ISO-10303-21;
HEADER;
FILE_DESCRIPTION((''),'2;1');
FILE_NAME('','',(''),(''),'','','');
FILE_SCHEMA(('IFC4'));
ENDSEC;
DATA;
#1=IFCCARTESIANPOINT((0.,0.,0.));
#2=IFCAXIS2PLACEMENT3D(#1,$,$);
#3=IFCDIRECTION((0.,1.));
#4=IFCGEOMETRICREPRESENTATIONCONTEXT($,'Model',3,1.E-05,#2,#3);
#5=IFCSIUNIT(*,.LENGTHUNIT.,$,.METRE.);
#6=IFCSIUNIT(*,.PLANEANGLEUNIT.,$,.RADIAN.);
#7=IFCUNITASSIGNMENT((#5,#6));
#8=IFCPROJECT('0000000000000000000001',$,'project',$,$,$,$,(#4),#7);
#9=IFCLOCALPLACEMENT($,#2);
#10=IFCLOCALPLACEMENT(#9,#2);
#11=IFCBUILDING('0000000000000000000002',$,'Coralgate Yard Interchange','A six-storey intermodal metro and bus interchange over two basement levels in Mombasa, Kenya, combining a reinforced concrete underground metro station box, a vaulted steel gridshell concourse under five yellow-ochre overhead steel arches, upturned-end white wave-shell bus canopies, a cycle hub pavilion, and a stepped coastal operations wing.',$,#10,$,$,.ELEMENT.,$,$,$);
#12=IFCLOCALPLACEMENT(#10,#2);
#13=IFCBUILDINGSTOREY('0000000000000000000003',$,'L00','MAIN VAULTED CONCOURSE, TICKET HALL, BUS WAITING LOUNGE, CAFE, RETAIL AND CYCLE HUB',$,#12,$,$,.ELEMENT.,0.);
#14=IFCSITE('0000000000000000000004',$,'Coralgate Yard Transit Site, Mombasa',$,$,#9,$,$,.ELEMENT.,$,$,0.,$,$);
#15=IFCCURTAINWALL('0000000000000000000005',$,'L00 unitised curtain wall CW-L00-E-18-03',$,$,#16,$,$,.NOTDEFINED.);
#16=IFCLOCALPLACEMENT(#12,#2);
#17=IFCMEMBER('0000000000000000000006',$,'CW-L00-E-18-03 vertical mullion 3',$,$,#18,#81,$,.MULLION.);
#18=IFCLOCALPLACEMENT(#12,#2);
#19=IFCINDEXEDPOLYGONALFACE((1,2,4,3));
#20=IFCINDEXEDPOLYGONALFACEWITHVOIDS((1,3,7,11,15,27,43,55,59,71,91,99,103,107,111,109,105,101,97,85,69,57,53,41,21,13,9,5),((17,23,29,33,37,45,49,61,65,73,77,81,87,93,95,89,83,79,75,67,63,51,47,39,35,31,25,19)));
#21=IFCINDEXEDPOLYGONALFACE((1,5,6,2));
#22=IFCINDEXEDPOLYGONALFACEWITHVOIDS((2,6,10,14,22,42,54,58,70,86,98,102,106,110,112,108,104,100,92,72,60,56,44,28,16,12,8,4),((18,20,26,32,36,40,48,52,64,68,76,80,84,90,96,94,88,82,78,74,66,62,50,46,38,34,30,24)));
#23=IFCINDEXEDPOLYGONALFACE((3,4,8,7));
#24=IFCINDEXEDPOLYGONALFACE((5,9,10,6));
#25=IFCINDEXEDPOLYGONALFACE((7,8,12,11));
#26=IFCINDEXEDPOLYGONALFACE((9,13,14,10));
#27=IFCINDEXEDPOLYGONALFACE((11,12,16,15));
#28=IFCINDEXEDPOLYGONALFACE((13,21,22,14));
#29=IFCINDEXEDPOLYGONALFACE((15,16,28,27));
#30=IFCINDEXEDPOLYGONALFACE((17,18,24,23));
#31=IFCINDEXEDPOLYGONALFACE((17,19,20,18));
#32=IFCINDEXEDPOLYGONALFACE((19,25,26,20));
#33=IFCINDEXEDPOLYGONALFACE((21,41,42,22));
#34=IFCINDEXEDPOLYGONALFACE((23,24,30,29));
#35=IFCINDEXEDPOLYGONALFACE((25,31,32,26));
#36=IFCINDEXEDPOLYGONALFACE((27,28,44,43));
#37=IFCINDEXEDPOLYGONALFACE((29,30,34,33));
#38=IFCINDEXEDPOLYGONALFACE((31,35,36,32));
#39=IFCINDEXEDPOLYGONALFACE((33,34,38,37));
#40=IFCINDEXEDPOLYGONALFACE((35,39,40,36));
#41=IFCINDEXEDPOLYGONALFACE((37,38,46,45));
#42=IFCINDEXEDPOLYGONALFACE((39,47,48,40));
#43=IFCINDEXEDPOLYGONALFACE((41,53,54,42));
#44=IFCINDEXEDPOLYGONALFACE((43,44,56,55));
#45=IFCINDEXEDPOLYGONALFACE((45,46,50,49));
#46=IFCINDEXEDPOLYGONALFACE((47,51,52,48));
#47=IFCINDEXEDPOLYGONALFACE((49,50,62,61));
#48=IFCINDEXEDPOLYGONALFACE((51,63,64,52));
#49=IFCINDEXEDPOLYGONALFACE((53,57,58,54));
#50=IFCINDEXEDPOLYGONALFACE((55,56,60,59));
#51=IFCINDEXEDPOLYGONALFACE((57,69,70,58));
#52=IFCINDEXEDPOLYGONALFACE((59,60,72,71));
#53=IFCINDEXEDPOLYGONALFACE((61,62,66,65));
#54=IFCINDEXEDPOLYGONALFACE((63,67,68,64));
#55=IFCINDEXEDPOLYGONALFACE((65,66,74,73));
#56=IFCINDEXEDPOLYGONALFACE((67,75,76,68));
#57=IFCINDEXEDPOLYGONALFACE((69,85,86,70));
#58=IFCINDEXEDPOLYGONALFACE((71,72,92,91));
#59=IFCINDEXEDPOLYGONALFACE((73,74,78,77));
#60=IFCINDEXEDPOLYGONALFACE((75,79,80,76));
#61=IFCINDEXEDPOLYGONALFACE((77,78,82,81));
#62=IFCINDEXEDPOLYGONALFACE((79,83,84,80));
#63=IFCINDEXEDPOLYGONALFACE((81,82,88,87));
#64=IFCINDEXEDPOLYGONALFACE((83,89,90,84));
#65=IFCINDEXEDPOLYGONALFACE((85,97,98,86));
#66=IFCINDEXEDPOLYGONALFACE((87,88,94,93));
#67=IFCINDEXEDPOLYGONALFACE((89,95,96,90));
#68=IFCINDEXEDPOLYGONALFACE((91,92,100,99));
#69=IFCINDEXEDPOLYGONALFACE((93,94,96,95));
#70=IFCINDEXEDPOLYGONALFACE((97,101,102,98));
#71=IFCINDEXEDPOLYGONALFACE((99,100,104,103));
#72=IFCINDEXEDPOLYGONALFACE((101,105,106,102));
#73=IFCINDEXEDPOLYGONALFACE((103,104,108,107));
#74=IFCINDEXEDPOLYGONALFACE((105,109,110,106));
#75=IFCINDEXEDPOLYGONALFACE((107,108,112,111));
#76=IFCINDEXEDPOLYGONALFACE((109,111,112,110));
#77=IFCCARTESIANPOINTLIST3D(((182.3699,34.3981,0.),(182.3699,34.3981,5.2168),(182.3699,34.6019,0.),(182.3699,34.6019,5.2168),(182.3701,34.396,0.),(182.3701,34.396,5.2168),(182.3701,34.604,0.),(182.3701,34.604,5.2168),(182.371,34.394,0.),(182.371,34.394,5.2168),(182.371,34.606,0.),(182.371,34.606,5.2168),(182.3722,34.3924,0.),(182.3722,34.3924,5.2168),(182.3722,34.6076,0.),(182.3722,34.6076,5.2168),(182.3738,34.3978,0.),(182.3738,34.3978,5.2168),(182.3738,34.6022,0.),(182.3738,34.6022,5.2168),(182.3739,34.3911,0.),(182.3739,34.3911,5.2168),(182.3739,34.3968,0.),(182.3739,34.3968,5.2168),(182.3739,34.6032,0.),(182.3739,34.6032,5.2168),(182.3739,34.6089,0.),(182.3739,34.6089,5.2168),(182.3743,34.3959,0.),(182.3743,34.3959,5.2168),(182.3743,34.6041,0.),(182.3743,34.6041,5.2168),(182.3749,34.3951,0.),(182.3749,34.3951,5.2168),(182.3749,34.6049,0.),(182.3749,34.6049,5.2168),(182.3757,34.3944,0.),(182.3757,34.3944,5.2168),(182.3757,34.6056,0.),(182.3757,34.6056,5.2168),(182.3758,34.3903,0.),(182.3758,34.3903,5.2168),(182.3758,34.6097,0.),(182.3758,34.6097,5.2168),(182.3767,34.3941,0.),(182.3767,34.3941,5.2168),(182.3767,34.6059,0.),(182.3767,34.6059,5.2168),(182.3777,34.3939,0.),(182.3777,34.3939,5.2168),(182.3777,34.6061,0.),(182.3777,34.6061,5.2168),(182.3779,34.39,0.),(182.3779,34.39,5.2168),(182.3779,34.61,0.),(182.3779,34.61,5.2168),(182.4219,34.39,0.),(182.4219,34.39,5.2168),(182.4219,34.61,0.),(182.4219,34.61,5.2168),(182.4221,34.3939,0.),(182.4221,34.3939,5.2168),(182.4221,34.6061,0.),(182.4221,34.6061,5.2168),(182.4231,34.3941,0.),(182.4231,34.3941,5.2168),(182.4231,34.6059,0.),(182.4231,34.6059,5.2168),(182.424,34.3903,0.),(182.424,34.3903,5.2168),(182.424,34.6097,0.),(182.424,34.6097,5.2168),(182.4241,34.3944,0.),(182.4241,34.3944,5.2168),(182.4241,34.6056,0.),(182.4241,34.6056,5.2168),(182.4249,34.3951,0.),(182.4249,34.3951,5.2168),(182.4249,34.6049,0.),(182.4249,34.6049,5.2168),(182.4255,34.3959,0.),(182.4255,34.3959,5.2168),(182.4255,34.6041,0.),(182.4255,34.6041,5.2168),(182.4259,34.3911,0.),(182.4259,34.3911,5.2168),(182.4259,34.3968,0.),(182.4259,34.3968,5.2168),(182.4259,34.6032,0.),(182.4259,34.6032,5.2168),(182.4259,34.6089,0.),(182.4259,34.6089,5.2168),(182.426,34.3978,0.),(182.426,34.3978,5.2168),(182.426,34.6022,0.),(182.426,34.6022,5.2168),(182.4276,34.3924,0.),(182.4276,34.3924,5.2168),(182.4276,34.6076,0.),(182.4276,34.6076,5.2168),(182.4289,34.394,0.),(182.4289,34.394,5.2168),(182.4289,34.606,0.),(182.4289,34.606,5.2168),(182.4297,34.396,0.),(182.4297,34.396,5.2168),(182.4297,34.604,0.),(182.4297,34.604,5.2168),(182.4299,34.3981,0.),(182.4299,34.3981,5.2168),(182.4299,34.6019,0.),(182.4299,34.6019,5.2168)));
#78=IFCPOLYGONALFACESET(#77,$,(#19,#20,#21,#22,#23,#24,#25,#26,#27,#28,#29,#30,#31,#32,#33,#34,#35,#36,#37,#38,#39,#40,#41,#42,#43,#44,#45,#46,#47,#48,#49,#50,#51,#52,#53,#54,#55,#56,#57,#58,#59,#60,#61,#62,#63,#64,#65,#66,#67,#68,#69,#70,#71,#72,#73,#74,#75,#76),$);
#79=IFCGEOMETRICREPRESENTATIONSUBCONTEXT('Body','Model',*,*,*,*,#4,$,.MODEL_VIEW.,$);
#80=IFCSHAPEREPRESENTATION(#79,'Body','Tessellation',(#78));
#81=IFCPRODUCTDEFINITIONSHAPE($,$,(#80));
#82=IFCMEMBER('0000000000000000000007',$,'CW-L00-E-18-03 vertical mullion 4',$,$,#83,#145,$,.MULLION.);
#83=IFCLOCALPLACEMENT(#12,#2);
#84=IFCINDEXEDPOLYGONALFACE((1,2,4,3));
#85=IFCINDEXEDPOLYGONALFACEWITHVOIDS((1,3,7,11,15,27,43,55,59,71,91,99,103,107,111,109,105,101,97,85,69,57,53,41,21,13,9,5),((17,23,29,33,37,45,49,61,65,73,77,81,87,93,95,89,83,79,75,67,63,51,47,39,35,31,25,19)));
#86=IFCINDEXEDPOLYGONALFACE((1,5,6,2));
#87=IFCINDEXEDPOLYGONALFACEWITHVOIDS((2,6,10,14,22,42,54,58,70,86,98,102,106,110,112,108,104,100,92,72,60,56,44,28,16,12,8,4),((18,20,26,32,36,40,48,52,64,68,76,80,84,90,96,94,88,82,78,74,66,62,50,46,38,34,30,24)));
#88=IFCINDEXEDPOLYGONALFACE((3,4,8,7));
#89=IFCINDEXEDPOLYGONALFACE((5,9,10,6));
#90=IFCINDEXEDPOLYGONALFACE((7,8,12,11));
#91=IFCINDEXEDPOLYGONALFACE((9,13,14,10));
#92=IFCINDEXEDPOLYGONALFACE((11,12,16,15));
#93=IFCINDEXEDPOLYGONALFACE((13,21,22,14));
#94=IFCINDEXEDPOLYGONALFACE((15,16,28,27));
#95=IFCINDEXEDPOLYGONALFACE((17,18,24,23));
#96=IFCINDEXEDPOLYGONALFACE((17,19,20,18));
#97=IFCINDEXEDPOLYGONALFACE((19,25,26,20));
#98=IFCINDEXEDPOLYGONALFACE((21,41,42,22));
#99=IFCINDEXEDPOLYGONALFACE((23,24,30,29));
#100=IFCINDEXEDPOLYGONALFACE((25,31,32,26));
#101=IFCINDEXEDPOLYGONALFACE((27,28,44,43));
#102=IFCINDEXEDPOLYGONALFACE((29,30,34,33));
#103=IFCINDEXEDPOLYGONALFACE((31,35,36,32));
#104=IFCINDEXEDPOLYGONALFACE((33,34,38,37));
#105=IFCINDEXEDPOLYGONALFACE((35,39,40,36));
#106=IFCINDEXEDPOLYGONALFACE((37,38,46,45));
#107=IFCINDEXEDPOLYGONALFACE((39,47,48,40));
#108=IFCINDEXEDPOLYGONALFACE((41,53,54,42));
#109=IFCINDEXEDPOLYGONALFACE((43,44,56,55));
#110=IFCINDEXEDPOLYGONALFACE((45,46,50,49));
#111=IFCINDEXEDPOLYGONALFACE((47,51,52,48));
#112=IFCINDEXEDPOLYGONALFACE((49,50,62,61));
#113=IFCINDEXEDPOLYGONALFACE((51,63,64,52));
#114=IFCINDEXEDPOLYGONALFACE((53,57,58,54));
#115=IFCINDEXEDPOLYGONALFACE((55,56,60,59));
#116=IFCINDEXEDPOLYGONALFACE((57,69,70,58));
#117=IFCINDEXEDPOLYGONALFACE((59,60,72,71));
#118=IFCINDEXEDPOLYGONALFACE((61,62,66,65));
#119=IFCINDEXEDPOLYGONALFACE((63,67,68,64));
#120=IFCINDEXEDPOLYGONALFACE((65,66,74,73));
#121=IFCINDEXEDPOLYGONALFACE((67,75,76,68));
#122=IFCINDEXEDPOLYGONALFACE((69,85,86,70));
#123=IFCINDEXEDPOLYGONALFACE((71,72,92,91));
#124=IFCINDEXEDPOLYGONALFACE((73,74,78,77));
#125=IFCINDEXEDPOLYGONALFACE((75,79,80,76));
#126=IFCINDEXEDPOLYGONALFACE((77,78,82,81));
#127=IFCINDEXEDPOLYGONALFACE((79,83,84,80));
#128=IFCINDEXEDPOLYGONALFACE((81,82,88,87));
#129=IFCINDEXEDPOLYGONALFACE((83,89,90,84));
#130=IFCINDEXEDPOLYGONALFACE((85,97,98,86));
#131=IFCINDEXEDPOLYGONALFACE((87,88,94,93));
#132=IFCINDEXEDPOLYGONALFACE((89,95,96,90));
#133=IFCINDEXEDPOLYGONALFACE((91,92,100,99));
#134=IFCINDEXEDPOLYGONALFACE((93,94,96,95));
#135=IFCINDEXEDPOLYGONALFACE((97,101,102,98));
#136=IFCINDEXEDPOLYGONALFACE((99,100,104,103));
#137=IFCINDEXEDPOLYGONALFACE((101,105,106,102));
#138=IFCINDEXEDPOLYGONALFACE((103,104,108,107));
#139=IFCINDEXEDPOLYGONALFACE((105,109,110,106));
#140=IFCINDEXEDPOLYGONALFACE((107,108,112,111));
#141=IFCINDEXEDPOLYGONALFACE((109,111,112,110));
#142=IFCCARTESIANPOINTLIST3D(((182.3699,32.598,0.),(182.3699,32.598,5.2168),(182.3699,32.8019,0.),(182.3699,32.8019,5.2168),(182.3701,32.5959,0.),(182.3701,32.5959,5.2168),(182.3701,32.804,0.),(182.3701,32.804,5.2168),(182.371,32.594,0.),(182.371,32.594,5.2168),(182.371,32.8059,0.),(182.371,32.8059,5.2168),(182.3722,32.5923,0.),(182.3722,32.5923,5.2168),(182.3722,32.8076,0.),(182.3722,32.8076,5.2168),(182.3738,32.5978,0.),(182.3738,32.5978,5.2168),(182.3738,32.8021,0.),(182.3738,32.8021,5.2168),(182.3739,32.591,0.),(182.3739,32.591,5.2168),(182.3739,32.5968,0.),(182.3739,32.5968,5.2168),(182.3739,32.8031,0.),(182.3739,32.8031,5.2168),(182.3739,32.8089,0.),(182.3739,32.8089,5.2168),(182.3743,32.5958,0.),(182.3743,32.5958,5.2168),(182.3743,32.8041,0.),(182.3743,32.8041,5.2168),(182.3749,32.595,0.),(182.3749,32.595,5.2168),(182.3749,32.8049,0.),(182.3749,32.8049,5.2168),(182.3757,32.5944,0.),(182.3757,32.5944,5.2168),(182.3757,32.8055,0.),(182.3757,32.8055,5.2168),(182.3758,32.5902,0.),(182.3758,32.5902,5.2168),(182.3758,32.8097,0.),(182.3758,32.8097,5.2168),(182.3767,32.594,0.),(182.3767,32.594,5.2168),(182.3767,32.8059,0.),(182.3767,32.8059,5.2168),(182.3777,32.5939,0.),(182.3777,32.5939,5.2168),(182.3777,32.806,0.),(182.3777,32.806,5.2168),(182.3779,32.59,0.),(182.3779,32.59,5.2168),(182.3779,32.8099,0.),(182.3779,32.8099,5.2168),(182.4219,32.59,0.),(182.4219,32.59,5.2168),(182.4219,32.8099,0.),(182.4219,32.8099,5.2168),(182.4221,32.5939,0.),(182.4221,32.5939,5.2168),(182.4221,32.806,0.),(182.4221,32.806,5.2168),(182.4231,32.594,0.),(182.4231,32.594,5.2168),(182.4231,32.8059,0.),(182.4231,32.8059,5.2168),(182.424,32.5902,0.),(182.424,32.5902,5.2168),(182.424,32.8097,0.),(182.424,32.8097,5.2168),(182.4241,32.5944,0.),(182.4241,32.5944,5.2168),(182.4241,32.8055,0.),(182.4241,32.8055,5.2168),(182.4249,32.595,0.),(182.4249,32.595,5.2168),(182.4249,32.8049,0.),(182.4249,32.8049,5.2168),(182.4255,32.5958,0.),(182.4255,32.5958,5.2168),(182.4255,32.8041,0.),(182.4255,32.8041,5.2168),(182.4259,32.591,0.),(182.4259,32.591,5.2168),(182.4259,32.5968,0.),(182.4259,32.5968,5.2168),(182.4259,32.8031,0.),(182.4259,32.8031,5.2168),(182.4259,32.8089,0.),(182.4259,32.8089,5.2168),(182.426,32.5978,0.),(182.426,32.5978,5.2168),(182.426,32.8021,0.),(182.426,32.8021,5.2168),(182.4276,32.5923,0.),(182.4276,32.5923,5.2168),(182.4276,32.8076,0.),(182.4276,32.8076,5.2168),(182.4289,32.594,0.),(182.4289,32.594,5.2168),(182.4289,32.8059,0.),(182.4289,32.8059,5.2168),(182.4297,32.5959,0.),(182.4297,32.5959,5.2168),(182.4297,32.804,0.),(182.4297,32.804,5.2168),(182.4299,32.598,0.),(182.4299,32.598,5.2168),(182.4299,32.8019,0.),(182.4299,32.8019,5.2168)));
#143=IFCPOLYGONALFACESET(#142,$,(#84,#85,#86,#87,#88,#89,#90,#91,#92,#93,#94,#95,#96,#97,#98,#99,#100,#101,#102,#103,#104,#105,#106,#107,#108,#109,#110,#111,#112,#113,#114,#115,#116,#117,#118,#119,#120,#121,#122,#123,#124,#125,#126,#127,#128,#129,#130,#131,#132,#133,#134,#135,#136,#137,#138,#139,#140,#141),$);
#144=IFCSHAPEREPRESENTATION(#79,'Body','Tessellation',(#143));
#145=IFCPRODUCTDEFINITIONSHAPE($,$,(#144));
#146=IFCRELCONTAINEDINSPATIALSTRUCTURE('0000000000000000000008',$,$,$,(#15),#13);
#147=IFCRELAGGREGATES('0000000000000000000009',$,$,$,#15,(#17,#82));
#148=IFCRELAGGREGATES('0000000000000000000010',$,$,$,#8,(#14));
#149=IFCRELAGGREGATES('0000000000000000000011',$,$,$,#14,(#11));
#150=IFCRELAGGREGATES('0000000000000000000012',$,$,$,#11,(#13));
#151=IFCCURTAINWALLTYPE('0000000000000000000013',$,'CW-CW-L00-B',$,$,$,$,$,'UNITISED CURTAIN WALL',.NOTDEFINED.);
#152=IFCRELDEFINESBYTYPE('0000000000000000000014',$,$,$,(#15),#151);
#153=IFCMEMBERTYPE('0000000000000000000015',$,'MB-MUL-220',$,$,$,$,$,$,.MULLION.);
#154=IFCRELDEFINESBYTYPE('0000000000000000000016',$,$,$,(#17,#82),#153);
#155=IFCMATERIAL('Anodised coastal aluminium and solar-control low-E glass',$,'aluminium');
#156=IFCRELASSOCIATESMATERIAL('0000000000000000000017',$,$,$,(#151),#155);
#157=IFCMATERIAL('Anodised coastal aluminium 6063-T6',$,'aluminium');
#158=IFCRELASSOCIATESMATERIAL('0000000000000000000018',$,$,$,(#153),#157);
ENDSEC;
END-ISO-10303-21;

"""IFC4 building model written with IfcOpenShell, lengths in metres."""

from ifc_helpers import new_model, si_unit, direction, frame, origin, origin_2d, place, context, subcontext, project, spatial, hollow_rectangle, extrude, material, material_profile, profile_set, type_object, element, aggregate, save


model = new_model("IFC4")

# Units and contexts
model_context = context("Model", 3, precision=1e-05, world=origin(), true_north=direction((0.0, 1.0)))
body_context = subcontext(model_context, "Body", "Model", "MODEL_VIEW")
ifc_project = project(units=[si_unit("LENGTHUNIT", "METRE"), si_unit("PLANEANGLEUNIT", "RADIAN")], contexts=[model_context])

# Site, building, storey
site_placement = place(None, origin())
site = spatial("IfcSite", under=ifc_project, at=site_placement, Name="Coralgate Yard Transit Site, Mombasa", CompositionType="ELEMENT", RefElevation=0.0)
building_placement = place(site_placement, origin())
building = spatial("IfcBuilding", under=site, at=building_placement, Name="Coralgate Yard Interchange", Description="A six-storey intermodal metro and bus interchange over two basement levels in Mombasa, Kenya, combining a reinforced concrete underground metro station box, a vaulted steel gridshell concourse under five yellow-ochre overhead steel arches, upturned-end white wave-shell bus canopies, a cycle hub pavilion, and a stepped coastal operations wing.", CompositionType="ELEMENT")
storey_placement = place(building_placement, origin())
storey = spatial("IfcBuildingStorey", under=building, at=storey_placement, Name="L00", Description="MAIN VAULTED CONCOURSE, TICKET HALL, BUS WAITING LOUNGE, CAFE, RETAIL AND CYCLE HUB", CompositionType="ELEMENT", Elevation=0.0)

# Curtain wall, members
ifc_material_1 = material(Name="Anodised coastal aluminium and solar-control low-E glass", Category="aluminium")
curtain_wall_type = type_object("IfcCurtainWallType", Name="CW-CW-L00-B", ElementType="UNITISED CURTAIN WALL", PredefinedType="NOTDEFINED", material=ifc_material_1)
curtain_wall_placement = place(storey_placement, origin())
curtain_wall = element("IfcCurtainWall", 1, at=curtain_wall_placement, inside=storey, type_object=curtain_wall_type, Name="L00 unitised curtain wall CW-L00-E-18-03", PredefinedType="NOTDEFINED")
ifc_material_2 = material(Name="Anodised coastal aluminium 6063-T6", Category="aluminium")
ifc_material_profile_1 = material_profile(ifc_material_2, hollow_rectangle(XDim=0.0601, YDim=0.22, WallThickness=0.0039, InnerFilletRadius=0.0039, OuterFilletRadius=0.0081, at=origin_2d()), Name="ALU 60x220x4")
ifc_profile_set_1 = profile_set([ifc_material_profile_1], Name="Anodised coastal aluminium 6063-T6")
member_type_1 = type_object("IfcMemberType", Name="MB-MUL-220", PredefinedType="MULLION", material=ifc_profile_set_1)
member_1_placement = place(storey_placement, frame((182.3999, 34.5, 0.0), z_axis=(0.0, 0.0, 1.0), x_axis=(1.0, 0.0, 0.0)))
member_1 = element("IfcMember", 2, at=member_1_placement, type_object=member_type_1, Name="CW-L00-E-18-03 vertical mullion 3", PredefinedType="MULLION", context=body_context, shape_type="SweptSolid", body=[
    extrude(hollow_rectangle(XDim=0.0601, YDim=0.22, WallThickness=0.0039, InnerFilletRadius=0.0039, OuterFilletRadius=0.0081, at=origin_2d()), origin(), (0.0, 0.0, 1.0), 5.2168),
])
member_2_placement = place(storey_placement, frame((182.3999, 32.7, 0.0), z_axis=(0.0, 0.0, 1.0), x_axis=(1.0, 0.0, 0.0)))
member_2 = element("IfcMember", 3, at=member_2_placement, type_object=member_type_1, Name="CW-L00-E-18-03 vertical mullion 4", PredefinedType="MULLION", context=body_context, shape_type="SweptSolid", body=[
    extrude(hollow_rectangle(XDim=0.0601, YDim=0.22, WallThickness=0.0039, InnerFilletRadius=0.0039, OuterFilletRadius=0.0081, at=origin_2d()), origin(), (0.0, 0.0, 1.0), 5.2168),
])
aggregate(curtain_wall, [member_1, member_2])

save(model, "model.ifc")
